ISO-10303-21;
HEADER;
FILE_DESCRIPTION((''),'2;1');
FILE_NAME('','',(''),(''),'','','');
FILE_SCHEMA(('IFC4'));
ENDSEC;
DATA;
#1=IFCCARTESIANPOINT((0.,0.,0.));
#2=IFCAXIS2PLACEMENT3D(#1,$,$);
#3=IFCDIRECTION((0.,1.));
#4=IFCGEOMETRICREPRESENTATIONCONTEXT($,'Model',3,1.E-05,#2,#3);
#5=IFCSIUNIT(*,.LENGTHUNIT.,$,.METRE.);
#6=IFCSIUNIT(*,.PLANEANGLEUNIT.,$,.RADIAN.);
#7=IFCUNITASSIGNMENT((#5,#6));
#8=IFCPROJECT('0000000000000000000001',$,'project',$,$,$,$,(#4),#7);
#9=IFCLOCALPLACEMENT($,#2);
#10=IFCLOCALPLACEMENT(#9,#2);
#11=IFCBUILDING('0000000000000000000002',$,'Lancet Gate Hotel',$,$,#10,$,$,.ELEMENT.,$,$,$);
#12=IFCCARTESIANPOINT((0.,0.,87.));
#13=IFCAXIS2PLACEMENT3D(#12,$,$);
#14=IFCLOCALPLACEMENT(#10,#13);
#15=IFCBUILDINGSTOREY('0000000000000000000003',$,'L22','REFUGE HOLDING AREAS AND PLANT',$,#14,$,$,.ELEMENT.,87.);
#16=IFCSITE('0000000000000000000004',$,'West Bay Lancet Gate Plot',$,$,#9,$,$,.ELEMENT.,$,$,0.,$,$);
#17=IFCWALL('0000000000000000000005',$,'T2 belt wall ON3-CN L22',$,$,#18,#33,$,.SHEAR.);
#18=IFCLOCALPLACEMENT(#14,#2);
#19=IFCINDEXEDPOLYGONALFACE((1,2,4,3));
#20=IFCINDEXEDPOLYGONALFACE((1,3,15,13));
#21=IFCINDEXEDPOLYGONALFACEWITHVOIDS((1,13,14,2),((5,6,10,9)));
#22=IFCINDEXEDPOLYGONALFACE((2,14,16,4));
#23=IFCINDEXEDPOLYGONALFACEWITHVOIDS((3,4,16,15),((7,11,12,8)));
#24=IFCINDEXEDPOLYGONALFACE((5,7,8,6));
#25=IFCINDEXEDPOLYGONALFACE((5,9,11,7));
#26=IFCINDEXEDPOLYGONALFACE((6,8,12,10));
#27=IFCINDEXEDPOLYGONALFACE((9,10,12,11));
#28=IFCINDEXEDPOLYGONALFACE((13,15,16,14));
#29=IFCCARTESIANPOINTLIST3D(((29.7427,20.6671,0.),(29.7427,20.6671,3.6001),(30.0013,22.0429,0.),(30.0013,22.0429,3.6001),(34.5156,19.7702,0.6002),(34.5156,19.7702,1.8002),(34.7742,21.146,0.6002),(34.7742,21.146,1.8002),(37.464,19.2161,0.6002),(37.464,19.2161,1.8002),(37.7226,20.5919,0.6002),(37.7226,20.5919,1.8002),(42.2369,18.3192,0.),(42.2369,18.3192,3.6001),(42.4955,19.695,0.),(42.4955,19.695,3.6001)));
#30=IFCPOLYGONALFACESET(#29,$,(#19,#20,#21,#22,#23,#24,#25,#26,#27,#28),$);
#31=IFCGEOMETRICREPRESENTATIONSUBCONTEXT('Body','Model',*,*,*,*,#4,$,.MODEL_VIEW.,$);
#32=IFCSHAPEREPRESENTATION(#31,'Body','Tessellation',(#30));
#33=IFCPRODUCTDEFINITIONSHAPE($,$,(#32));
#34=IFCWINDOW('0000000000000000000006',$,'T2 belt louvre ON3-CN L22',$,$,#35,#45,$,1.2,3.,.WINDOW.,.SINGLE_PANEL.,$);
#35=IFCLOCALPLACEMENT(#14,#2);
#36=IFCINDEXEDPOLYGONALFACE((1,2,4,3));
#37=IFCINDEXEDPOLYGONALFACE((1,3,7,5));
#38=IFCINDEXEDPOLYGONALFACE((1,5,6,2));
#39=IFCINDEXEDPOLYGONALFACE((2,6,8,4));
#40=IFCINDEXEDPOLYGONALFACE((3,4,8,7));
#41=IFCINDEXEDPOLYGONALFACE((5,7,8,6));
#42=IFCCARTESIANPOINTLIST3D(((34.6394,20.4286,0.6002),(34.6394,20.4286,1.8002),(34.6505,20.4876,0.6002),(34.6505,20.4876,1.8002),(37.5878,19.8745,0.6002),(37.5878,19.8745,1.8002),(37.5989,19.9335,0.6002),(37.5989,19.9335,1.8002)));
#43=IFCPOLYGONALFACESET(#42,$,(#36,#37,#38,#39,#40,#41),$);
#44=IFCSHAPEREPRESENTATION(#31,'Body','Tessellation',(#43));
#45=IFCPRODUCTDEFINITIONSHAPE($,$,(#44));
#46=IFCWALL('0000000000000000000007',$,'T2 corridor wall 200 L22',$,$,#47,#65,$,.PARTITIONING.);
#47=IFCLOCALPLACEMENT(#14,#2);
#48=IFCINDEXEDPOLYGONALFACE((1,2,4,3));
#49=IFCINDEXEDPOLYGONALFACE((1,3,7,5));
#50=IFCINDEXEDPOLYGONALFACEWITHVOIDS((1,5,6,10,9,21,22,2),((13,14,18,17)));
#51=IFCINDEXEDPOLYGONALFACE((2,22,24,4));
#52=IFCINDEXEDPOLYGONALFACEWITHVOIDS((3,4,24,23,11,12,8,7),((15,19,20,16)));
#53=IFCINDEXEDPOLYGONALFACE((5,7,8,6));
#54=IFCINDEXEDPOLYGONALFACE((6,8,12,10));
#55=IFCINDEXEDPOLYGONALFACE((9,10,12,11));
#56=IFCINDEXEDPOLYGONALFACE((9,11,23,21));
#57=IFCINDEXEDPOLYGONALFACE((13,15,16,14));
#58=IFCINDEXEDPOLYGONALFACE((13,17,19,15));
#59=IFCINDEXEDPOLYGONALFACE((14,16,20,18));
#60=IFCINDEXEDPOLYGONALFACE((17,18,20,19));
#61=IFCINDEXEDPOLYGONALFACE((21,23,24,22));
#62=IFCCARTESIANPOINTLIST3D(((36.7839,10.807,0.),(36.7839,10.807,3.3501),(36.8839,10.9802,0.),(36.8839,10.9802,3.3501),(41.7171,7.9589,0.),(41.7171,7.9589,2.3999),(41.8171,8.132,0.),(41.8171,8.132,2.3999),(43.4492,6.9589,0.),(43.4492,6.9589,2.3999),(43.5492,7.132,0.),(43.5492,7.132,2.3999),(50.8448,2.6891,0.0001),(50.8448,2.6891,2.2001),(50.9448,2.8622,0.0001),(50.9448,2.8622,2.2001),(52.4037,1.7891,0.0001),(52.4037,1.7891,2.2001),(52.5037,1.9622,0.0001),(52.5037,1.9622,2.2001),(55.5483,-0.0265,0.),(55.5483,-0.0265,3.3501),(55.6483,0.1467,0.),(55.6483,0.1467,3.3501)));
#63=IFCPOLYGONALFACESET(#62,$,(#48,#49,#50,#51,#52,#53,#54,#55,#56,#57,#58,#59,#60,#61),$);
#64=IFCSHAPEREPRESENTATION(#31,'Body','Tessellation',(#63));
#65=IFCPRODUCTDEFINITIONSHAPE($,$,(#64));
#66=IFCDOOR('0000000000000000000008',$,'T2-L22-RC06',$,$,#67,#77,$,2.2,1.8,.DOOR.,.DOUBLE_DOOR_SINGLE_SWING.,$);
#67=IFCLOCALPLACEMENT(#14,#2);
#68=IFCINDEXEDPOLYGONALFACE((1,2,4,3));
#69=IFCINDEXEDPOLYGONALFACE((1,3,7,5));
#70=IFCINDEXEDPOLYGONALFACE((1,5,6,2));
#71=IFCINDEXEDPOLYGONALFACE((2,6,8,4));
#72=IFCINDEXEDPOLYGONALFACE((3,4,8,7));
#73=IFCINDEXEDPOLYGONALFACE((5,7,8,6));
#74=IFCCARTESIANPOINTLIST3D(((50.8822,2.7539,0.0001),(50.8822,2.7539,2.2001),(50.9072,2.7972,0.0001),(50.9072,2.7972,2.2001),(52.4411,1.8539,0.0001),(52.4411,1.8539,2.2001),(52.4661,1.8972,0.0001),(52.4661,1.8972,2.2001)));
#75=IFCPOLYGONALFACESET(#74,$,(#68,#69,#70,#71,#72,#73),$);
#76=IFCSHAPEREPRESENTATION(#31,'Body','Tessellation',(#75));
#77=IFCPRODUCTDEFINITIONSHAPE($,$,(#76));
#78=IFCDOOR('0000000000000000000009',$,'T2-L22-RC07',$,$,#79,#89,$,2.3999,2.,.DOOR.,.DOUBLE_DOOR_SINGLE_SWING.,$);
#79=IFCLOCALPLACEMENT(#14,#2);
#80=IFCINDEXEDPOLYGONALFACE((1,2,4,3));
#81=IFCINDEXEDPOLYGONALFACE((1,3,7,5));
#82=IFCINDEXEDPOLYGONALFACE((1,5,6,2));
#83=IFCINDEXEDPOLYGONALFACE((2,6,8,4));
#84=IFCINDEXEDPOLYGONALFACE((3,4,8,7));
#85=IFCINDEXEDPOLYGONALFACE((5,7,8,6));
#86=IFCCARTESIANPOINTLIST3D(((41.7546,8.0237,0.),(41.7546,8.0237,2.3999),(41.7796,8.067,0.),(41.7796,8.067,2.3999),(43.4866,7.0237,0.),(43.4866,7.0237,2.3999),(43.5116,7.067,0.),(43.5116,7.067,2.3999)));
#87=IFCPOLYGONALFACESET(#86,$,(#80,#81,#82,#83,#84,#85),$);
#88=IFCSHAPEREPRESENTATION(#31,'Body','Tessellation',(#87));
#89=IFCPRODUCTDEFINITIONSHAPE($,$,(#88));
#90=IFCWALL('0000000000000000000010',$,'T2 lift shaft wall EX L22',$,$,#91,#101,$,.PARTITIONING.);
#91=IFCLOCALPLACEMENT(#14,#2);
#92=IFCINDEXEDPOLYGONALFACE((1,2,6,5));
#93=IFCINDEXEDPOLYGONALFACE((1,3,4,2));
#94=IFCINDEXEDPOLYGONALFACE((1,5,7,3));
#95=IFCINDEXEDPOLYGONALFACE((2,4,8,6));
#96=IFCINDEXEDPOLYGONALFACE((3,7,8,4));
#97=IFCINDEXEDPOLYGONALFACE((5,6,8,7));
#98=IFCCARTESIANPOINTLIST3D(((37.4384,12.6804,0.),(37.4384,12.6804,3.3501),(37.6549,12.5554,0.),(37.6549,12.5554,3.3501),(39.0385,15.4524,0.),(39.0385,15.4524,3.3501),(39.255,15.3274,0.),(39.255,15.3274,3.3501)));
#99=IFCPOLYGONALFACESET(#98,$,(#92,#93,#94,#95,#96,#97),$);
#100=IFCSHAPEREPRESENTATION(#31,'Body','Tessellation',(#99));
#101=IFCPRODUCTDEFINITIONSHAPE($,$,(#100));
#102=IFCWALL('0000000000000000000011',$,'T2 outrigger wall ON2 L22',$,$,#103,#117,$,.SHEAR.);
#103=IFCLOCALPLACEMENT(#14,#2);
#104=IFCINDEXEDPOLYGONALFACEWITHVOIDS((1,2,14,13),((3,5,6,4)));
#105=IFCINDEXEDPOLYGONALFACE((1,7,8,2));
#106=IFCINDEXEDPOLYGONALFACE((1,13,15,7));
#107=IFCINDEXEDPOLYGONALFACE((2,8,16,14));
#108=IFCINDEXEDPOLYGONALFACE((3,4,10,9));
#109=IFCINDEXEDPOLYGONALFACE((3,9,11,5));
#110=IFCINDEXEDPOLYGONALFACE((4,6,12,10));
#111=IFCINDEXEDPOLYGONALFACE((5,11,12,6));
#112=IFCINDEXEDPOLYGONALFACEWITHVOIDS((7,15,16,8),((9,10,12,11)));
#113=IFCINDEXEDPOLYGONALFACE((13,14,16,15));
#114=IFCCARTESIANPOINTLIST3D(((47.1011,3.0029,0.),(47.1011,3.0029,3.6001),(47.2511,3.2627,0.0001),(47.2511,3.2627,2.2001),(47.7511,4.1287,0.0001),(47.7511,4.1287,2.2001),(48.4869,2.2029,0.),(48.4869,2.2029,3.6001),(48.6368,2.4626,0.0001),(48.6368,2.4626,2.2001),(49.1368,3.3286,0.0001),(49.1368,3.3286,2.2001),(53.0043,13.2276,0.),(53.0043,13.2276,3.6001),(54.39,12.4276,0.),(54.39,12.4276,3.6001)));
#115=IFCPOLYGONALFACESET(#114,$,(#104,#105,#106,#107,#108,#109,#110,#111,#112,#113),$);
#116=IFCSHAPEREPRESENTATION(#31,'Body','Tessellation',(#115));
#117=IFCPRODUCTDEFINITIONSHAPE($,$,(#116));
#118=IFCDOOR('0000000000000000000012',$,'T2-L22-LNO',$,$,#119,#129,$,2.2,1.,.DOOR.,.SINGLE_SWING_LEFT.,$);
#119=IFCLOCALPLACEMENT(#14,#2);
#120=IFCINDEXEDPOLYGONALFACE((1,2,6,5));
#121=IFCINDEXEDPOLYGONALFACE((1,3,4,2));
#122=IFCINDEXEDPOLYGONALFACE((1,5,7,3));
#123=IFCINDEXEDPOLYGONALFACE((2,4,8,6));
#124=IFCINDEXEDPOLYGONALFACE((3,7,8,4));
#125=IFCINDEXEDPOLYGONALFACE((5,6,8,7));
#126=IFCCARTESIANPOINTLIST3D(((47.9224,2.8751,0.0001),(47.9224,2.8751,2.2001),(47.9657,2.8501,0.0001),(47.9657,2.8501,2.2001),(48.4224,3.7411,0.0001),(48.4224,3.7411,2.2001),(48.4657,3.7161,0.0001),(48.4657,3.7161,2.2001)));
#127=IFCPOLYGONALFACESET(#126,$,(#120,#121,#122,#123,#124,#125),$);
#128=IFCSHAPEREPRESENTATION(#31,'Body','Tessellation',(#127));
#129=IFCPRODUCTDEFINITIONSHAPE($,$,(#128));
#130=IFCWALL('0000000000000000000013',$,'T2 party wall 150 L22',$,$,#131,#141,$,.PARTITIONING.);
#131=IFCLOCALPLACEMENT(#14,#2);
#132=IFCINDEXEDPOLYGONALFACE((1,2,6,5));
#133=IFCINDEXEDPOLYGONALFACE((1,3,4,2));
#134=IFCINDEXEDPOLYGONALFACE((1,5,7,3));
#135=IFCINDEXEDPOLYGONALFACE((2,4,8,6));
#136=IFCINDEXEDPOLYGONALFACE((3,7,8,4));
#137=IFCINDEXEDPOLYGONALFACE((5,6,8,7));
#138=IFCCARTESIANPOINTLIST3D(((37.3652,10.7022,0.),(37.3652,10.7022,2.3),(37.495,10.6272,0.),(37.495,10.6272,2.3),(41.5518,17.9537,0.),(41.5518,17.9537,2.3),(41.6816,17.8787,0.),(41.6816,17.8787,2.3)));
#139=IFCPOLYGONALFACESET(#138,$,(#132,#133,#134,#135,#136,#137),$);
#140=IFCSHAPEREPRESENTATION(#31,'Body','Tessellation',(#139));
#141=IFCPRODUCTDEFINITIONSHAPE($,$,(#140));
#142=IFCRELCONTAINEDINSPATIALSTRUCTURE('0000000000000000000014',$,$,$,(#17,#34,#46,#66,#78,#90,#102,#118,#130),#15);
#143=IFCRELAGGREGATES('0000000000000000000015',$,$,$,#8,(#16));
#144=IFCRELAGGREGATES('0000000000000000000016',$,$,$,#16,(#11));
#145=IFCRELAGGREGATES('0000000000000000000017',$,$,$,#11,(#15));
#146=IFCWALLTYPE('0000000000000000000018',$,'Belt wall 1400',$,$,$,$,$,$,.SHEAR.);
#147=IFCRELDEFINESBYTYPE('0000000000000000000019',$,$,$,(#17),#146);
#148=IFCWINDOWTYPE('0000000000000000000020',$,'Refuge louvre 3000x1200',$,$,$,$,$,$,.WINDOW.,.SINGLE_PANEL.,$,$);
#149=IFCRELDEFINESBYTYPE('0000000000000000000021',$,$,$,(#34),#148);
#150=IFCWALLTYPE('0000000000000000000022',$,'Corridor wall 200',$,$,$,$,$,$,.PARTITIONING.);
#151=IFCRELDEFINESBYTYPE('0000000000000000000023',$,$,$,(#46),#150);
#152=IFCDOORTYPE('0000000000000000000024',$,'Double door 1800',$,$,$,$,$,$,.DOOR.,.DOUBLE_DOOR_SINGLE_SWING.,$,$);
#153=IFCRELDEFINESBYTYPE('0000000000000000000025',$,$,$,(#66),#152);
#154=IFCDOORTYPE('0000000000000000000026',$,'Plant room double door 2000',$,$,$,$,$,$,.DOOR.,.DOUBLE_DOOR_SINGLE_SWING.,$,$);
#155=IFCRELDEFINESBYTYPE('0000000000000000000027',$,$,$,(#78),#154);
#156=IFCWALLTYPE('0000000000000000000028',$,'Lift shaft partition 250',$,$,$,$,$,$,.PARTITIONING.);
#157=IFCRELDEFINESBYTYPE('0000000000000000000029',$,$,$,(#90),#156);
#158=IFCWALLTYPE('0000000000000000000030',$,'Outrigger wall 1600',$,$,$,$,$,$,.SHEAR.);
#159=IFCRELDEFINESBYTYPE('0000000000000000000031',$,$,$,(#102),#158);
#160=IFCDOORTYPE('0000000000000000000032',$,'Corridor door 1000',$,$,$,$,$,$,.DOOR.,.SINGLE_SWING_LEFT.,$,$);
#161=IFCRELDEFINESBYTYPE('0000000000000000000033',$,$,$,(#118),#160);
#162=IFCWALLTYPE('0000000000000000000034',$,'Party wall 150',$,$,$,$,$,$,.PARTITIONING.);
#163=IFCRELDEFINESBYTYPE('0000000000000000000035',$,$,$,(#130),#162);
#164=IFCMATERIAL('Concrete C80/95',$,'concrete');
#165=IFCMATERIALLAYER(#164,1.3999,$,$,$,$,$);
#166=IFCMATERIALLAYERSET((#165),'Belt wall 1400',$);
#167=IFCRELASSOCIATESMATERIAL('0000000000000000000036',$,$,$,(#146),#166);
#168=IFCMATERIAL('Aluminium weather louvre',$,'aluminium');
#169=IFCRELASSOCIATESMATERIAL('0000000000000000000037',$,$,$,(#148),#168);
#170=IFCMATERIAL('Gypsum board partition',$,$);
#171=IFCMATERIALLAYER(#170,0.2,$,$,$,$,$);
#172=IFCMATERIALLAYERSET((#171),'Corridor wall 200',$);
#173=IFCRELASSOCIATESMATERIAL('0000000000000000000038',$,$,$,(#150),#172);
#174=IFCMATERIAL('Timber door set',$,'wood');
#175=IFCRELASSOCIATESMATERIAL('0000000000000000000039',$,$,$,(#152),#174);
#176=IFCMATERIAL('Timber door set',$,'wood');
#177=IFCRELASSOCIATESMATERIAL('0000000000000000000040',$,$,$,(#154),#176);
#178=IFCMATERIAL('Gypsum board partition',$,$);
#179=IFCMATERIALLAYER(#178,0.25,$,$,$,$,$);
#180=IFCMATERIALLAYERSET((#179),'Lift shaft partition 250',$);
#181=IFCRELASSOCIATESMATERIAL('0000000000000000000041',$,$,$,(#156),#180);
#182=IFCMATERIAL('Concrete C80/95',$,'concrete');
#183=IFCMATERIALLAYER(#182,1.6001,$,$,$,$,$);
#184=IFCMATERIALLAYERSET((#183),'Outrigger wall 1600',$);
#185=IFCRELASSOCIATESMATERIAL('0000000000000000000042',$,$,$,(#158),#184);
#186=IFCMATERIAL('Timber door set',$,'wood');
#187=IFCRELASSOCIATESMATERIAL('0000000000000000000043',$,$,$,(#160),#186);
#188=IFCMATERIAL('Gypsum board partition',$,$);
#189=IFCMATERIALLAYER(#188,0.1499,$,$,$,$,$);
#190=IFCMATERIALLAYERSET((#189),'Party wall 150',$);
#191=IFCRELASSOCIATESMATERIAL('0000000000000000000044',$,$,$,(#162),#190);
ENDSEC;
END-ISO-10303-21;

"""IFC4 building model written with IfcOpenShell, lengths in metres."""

from ifc_helpers import new_model, si_unit, direction, frame, frame_2d, origin, place, context, subcontext, project, spatial, rectangle, extrude, material, layer, layer_set, type_object, element, fill, save


model = new_model("IFC4")

# Units and contexts
model_context = context("Model", 3, precision=1e-05, world=origin(), true_north=direction((0.0, 1.0)))
body_context = subcontext(model_context, "Body", "Model", "MODEL_VIEW")
ifc_project = project(units=[si_unit("LENGTHUNIT", "METRE"), si_unit("PLANEANGLEUNIT", "RADIAN")], contexts=[model_context])

# Site, building, storey
site_placement = place(None, origin())
site = spatial("IfcSite", under=ifc_project, at=site_placement, Name="West Bay Lancet Gate Plot", CompositionType="ELEMENT", RefElevation=0.0)
building_placement = place(site_placement, origin())
building = spatial("IfcBuilding", under=site, at=building_placement, Name="Lancet Gate Hotel", CompositionType="ELEMENT")
storey_placement = place(building_placement, frame((0.0, 0.0, 87.0)))
storey = spatial("IfcBuildingStorey", under=building, at=storey_placement, Name="L22", Description="REFUGE HOLDING AREAS AND PLANT", CompositionType="ELEMENT", Elevation=87.0)

# Wall, opening, window
ifc_material_1 = material(Name="Concrete C80/95", Category="concrete")
ifc_layer_1 = layer(ifc_material_1, 1.3999)
ifc_layer_set_1 = layer_set([ifc_layer_1], Name="Belt wall 1400")
wall_type_1 = type_object("IfcWallType", Name="Belt wall 1400", PredefinedType="SHEAR", material=ifc_layer_set_1)
wall_1_placement = place(storey_placement, frame((42.3662, 19.0071, 0.0), z_axis=(0.0, 0.0, 1.0), x_axis=(-0.982797, 0.184687, 0.0)))
wall_1 = element("IfcWall", 1, at=wall_1_placement, inside=storey, type_object=wall_type_1, Name="T2 belt wall ON3-CN L22", PredefinedType="SHEAR", context=body_context, shape_type="SweptSolid", body=[
    extrude(rectangle(XDim=12.7129, YDim=1.3999, at=frame_2d((6.3564, 0.0))), origin(), (0.0, 0.0, 1.0), 3.6001),
])
opening_1_placement = place(wall_1_placement, frame((4.8564, 0.0, 0.6001)))
opening_1 = element("IfcOpeningElement", 2, at=opening_1_placement, cuts=wall_1, PredefinedType="OPENING", context=body_context, shape_type="SweptSolid", body=[
    extrude(rectangle(XDim=3.0, YDim=1.2, at=frame_2d((1.5, 0.6001))), frame((0.0, 0.71, 0.0), z_axis=(0.0, -1.0, 0.0), x_axis=(1.0, 0.0, 0.0)), (0.0, 0.0, 1.0), 1.4199),
])
ifc_material_2 = material(Name="Aluminium weather louvre", Category="aluminium")
window_type = type_object("IfcWindowType", Name="Refuge louvre 3000x1200", PartitioningType="SINGLE_PANEL", PredefinedType="WINDOW", material=ifc_material_2)
window_placement = place(opening_1_placement, origin())
window = element("IfcWindow", 3, at=window_placement, inside=storey, type_object=window_type, Name="T2 belt louvre ON3-CN L22", OverallHeight=1.2, OverallWidth=3.0, PartitioningType="SINGLE_PANEL", PredefinedType="WINDOW", context=body_context, shape_type="SweptSolid", body=[
    extrude(rectangle(XDim=3.0, YDim=1.2, at=frame_2d((1.5, 0.6001))), frame((0.0, 0.03, 0.0), z_axis=(0.0, -1.0, 0.0), x_axis=(1.0, 0.0, 0.0)), (0.0, 0.0, 1.0), 0.0601),
])
fill(opening_1, window)

# Wall, openings, doors
ifc_material_3 = material(Name="Gypsum board partition")
ifc_layer_2 = layer(ifc_material_3, 0.2)
ifc_layer_set_2 = layer_set([ifc_layer_2], Name="Corridor wall 200")
wall_type_2 = type_object("IfcWallType", Name="Corridor wall 200", PredefinedType="PARTITIONING", material=ifc_layer_set_2)
wall_2_placement = place(storey_placement, frame((36.834, 10.8936, 0.0), z_axis=(0.0, 0.0, 1.0), x_axis=(0.866028, -0.499995, 0.0)))
wall_2 = element("IfcWall", 4, at=wall_2_placement, inside=storey, type_object=wall_type_2, Name="T2 corridor wall 200 L22", PredefinedType="PARTITIONING", context=body_context, shape_type="SweptSolid", body=[
    extrude(rectangle(XDim=21.6672, YDim=0.2, at=frame_2d((10.8335, 0.0))), origin(), (0.0, 0.0, 1.0), 3.3501),
])
opening_2_placement = place(wall_2_placement, frame((16.2361, 0.0, 0.0)))
opening_2 = element("IfcOpeningElement", 5, at=opening_2_placement, cuts=wall_2, PredefinedType="OPENING", context=body_context, shape_type="SweptSolid", body=[
    extrude(rectangle(XDim=1.8, YDim=2.2, at=frame_2d((0.8999, 1.1001))), frame((0.0, 0.1099, 0.0), z_axis=(0.0, -1.0, 0.0), x_axis=(1.0, 0.0, 0.0)), (0.0, 0.0, 1.0), 0.22),
])
opening_3_placement = place(wall_2_placement, frame((5.6963, 0.0, 0.0)))
opening_3 = element("IfcOpeningElement", 6, at=opening_3_placement, cuts=wall_2, PredefinedType="OPENING", context=body_context, shape_type="SweptSolid", body=[
    extrude(rectangle(XDim=2.0, YDim=2.3999, at=frame_2d((1.0, 1.2))), frame((0.0, 0.1099, 0.0), z_axis=(0.0, -1.0, 0.0), x_axis=(1.0, 0.0, 0.0)), (0.0, 0.0, 1.0), 0.22),
])
ifc_material_4 = material(Name="Timber door set", Category="wood")
door_type_1 = type_object("IfcDoorType", Name="Double door 1800", OperationType="DOUBLE_DOOR_SINGLE_SWING", PredefinedType="DOOR", material=ifc_material_4)
door_1_placement = place(opening_2_placement, origin())
door_1 = element("IfcDoor", 7, at=door_1_placement, inside=storey, type_object=door_type_1, Name="T2-L22-RC06", OperationType="DOUBLE_DOOR_SINGLE_SWING", OverallHeight=2.2, OverallWidth=1.8, PredefinedType="DOOR", context=body_context, shape_type="SweptSolid", body=[
    extrude(rectangle(XDim=1.8, YDim=2.2, at=frame_2d((0.8999, 1.1001))), frame((0.0, 0.0249, 0.0), z_axis=(0.0, -1.0, 0.0), x_axis=(1.0, 0.0, 0.0)), (0.0, 0.0, 1.0), 0.05),
])
fill(opening_2, door_1)
ifc_material_5 = material(Name="Timber door set", Category="wood")
door_type_2 = type_object("IfcDoorType", Name="Plant room double door 2000", OperationType="DOUBLE_DOOR_SINGLE_SWING", PredefinedType="DOOR", material=ifc_material_5)
door_2_placement = place(opening_3_placement, origin())
door_2 = element("IfcDoor", 8, at=door_2_placement, inside=storey, type_object=door_type_2, Name="T2-L22-RC07", OperationType="DOUBLE_DOOR_SINGLE_SWING", OverallHeight=2.3999, OverallWidth=2.0, PredefinedType="DOOR", context=body_context, shape_type="SweptSolid", body=[
    extrude(rectangle(XDim=2.0, YDim=2.3999, at=frame_2d((1.0, 1.2))), frame((0.0, 0.0249, 0.0), z_axis=(0.0, -1.0, 0.0), x_axis=(1.0, 0.0, 0.0)), (0.0, 0.0, 1.0), 0.05),
])
fill(opening_3, door_2)

# Wall
ifc_material_6 = material(Name="Gypsum board partition")
ifc_layer_3 = layer(ifc_material_6, 0.25)
ifc_layer_set_3 = layer_set([ifc_layer_3], Name="Lift shaft partition 250")
wall_type_3 = type_object("IfcWallType", Name="Lift shaft partition 250", PredefinedType="PARTITIONING", material=ifc_layer_set_3)
wall_3_placement = place(storey_placement, frame((37.5466, 12.6179, 0.0), z_axis=(0.0, 0.0, 1.0), x_axis=(0.499929, 0.866066, 0.0)))
element("IfcWall", 9, at=wall_3_placement, inside=storey, type_object=wall_type_3, Name="T2 lift shaft wall EX L22", PredefinedType="PARTITIONING", context=body_context, shape_type="SweptSolid", body=[
    extrude(rectangle(XDim=3.2007, YDim=0.25, at=frame_2d((1.6003, 0.0))), origin(), (0.0, 0.0, 1.0), 3.3501),
])

# Wall, opening, door
ifc_material_7 = material(Name="Concrete C80/95", Category="concrete")
ifc_layer_4 = layer(ifc_material_7, 1.6001)
ifc_layer_set_4 = layer_set([ifc_layer_4], Name="Outrigger wall 1600")
wall_type_4 = type_object("IfcWallType", Name="Outrigger wall 1600", PredefinedType="SHEAR", material=ifc_layer_set_4)
wall_4_placement = place(storey_placement, frame((47.7939, 2.6028, 0.0), z_axis=(0.0, 0.0, 1.0), x_axis=(0.499993, 0.866029, 0.0)))
wall_4 = element("IfcWall", 10, at=wall_4_placement, inside=storey, type_object=wall_type_4, Name="T2 outrigger wall ON2 L22", PredefinedType="SHEAR", context=body_context, shape_type="SweptSolid", body=[
    extrude(rectangle(XDim=11.8064, YDim=1.6001, at=frame_2d((5.9033, 0.0))), origin(), (0.0, 0.0, 1.0), 3.6001),
])
opening_4_placement = place(wall_4_placement, frame((0.3, 0.0, 0.0)))
opening_4 = element("IfcOpeningElement", 11, at=opening_4_placement, cuts=wall_4, PredefinedType="OPENING", context=body_context, shape_type="SweptSolid", body=[
    extrude(rectangle(XDim=1.0, YDim=2.2, at=frame_2d((0.5, 1.1001))), frame((0.0, 0.8101, 0.0), z_axis=(0.0, -1.0, 0.0), x_axis=(1.0, 0.0, 0.0)), (0.0, 0.0, 1.0), 1.6201),
])
ifc_material_8 = material(Name="Timber door set", Category="wood")
door_type_3 = type_object("IfcDoorType", Name="Corridor door 1000", OperationType="SINGLE_SWING_LEFT", PredefinedType="DOOR", material=ifc_material_8)
door_3_placement = place(opening_4_placement, origin())
door_3 = element("IfcDoor", 12, at=door_3_placement, inside=storey, type_object=door_type_3, Name="T2-L22-LNO", OperationType="SINGLE_SWING_LEFT", OverallHeight=2.2, OverallWidth=1.0, PredefinedType="DOOR", context=body_context, shape_type="SweptSolid", body=[
    extrude(rectangle(XDim=1.0, YDim=2.2, at=frame_2d((0.5, 1.1001))), frame((0.0, 0.0249, 0.0), z_axis=(0.0, -1.0, 0.0), x_axis=(1.0, 0.0, 0.0)), (0.0, 0.0, 1.0), 0.05),
])
fill(opening_4, door_3)

# Wall
ifc_material_9 = material(Name="Gypsum board partition")
ifc_layer_5 = layer(ifc_material_9, 0.1499)
ifc_layer_set_5 = layer_set([ifc_layer_5], Name="Party wall 150")
wall_type_5 = type_object("IfcWallType", Name="Party wall 150", PredefinedType="PARTITIONING", material=ifc_layer_set_5)
wall_5_placement = place(storey_placement, frame((37.4302, 10.6648, 0.0), z_axis=(0.0, 0.0, 1.0), x_axis=(0.49999, 0.866031, 0.0)))
element("IfcWall", 13, at=wall_5_placement, inside=storey, type_object=wall_type_5, Name="T2 party wall 150 L22", PredefinedType="PARTITIONING", context=body_context, shape_type="SweptSolid", body=[
    extrude(rectangle(XDim=8.3733, YDim=0.1499, at=frame_2d((4.1865, 0.0))), origin(), (0.0, 0.0, 1.0), 2.3),
])

save(model, "model.ifc")
